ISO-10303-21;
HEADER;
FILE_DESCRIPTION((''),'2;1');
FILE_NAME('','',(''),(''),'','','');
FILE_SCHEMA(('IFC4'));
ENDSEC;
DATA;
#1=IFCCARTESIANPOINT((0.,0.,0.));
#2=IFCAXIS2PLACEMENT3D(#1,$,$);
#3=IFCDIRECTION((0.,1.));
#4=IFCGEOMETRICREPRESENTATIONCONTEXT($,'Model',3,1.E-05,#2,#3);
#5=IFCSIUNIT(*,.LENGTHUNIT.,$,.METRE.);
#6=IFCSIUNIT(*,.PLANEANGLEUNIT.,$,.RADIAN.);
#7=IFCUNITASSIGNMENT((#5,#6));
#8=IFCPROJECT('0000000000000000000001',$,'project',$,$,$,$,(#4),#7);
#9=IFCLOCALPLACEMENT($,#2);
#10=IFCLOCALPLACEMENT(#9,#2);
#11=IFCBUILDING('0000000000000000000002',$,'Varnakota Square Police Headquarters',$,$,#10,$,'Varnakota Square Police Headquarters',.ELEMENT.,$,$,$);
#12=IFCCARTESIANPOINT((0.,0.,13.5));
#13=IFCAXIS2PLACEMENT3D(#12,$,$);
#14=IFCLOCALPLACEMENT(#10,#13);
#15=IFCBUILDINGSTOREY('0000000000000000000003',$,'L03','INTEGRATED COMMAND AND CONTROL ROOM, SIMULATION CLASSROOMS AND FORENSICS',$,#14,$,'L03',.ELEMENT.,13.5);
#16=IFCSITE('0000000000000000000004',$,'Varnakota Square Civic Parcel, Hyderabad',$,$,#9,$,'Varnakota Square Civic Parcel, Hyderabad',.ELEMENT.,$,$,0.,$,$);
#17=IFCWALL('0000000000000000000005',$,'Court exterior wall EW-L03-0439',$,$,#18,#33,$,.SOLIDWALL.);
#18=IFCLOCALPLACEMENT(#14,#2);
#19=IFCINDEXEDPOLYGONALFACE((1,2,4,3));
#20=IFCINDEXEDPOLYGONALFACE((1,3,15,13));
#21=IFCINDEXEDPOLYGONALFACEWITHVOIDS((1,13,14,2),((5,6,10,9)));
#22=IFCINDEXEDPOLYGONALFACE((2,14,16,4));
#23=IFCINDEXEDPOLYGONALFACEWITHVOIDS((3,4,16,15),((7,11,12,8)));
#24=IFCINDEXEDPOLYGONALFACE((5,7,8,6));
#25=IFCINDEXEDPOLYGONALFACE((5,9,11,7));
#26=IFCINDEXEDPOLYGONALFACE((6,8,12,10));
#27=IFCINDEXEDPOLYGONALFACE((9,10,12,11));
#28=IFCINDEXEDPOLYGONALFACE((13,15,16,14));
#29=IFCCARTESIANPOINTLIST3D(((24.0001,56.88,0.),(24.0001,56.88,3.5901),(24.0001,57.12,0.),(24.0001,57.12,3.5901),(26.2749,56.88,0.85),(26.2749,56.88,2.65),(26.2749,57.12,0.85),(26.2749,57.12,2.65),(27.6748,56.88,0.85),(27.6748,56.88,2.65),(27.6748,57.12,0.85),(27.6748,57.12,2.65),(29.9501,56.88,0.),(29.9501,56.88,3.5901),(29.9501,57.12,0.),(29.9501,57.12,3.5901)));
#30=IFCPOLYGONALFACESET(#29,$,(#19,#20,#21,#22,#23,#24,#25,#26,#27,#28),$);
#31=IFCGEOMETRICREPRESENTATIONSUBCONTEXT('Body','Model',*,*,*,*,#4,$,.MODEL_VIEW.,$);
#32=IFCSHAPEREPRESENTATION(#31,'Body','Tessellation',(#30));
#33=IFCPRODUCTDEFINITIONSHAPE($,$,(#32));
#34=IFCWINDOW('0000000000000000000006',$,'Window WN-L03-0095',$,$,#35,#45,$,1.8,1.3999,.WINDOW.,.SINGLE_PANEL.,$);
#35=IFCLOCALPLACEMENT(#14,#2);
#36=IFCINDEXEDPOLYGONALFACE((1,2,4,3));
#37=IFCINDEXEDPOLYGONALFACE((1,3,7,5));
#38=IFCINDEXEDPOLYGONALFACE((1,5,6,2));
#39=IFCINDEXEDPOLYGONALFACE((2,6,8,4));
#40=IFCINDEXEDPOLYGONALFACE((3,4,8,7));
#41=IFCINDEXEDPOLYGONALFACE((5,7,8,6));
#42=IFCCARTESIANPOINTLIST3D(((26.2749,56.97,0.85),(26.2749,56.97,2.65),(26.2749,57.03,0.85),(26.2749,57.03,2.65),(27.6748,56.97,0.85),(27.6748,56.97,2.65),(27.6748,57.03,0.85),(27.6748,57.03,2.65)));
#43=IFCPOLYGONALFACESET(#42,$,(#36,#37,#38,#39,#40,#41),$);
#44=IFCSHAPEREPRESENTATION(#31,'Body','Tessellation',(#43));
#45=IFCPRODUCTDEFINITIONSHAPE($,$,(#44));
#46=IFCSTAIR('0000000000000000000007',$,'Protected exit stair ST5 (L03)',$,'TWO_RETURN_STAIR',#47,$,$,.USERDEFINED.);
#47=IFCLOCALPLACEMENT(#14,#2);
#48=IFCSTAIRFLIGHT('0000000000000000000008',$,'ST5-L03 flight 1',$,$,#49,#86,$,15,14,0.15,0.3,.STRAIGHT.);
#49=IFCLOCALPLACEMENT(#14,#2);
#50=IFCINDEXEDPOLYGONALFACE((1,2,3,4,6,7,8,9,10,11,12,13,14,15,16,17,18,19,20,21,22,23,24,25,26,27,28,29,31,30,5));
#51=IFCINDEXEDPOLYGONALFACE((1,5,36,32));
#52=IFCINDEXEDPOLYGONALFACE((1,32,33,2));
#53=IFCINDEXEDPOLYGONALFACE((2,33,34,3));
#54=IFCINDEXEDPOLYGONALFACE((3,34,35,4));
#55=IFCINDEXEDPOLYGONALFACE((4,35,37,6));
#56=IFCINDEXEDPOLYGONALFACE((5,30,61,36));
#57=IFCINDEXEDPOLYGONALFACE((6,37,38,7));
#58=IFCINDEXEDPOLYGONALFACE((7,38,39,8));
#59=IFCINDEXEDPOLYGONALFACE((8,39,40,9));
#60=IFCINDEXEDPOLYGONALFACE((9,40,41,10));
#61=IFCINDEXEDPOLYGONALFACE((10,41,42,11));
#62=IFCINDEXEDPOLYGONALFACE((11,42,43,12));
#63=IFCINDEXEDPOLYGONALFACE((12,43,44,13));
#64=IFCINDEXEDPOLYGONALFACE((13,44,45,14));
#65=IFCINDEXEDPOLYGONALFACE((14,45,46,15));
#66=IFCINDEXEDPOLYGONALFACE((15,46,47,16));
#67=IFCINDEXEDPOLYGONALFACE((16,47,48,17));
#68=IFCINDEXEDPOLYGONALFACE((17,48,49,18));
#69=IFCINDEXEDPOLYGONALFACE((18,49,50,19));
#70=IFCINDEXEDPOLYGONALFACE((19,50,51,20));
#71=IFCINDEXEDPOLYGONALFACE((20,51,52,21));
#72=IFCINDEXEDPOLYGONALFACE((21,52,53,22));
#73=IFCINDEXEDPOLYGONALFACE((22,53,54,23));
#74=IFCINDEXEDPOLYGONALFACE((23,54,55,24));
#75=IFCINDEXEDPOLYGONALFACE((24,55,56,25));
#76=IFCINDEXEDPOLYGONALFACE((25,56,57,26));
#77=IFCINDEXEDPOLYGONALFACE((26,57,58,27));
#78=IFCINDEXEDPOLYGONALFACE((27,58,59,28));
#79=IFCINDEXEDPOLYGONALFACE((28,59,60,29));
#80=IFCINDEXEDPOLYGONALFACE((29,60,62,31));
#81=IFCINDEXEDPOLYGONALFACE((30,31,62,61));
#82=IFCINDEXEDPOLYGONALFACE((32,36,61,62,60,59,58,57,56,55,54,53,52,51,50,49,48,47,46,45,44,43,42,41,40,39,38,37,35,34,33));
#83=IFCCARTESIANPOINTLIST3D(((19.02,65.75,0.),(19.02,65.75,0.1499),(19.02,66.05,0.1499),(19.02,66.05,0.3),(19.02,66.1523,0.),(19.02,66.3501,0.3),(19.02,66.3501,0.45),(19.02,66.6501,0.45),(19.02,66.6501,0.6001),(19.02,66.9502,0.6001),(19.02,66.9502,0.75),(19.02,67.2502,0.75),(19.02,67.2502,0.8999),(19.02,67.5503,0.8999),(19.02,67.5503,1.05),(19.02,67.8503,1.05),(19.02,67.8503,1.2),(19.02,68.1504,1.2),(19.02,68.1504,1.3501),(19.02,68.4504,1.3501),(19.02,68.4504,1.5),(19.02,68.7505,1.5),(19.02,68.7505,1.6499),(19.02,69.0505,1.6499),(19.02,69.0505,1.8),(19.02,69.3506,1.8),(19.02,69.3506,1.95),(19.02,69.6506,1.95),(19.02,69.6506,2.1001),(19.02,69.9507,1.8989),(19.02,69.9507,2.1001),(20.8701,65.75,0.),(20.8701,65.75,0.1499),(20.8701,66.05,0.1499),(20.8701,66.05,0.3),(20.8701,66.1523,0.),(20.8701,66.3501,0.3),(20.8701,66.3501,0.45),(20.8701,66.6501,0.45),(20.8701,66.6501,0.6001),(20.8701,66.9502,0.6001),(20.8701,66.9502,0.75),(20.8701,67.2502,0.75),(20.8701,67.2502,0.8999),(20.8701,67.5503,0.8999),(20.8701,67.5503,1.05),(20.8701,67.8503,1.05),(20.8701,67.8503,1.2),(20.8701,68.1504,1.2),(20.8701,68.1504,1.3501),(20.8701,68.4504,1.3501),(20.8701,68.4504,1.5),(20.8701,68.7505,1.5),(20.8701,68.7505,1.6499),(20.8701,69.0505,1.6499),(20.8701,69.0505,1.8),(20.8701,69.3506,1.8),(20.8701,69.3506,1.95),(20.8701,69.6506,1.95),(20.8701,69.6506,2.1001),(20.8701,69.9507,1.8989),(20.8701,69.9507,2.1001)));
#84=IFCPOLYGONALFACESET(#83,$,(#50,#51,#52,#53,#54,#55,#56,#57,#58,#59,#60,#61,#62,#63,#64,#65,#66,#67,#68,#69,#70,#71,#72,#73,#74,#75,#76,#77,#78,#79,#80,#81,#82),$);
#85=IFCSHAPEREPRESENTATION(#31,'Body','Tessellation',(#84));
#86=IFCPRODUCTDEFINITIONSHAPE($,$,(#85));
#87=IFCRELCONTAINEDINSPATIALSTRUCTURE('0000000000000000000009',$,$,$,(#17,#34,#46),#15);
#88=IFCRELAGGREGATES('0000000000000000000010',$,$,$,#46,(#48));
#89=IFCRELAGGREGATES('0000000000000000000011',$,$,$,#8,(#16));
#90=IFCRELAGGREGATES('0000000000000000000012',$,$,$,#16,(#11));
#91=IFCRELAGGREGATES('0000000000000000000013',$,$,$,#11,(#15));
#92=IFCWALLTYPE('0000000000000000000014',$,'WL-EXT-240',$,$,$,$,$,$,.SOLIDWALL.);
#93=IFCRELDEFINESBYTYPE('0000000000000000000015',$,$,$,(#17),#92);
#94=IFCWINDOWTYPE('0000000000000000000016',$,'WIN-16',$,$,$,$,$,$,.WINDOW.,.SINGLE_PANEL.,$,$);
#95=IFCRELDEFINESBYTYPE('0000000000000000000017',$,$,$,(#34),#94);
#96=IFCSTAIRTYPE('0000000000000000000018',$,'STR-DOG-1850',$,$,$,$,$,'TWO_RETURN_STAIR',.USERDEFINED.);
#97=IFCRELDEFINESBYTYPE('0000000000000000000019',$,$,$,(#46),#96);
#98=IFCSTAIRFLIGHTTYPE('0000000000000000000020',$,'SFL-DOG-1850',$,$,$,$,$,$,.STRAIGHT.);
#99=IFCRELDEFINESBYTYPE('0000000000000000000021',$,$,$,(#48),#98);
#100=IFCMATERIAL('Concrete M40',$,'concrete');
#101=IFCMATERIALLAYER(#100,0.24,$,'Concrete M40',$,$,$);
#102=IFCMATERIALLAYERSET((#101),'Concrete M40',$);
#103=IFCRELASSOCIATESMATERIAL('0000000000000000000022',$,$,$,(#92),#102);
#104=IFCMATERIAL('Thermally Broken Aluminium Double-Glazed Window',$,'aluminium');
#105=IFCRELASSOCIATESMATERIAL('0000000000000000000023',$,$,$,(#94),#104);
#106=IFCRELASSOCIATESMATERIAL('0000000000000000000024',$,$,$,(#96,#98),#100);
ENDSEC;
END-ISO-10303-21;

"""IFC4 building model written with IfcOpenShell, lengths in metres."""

from ifc_helpers import new_model, si_unit, direction, frame, frame_2d, origin, place, context, subcontext, project, spatial, polyline, rectangle, outline, extrude, material, layer, layer_set, type_object, element, fill, aggregate, save


model = new_model("IFC4")

# Units and contexts
model_context = context("Model", 3, precision=1e-05, world=origin(), true_north=direction((0.0, 1.0)))
body_context = subcontext(model_context, "Body", "Model", "MODEL_VIEW")
ifc_project = project(units=[si_unit("LENGTHUNIT", "METRE"), si_unit("PLANEANGLEUNIT", "RADIAN")], contexts=[model_context])

# Site, building, storey
site_placement = place(None, origin())
site = spatial("IfcSite", under=ifc_project, at=site_placement, Name="Varnakota Square Civic Parcel, Hyderabad", LongName="Varnakota Square Civic Parcel, Hyderabad", CompositionType="ELEMENT", RefElevation=0.0)
building_placement = place(site_placement, origin())
building = spatial("IfcBuilding", under=site, at=building_placement, Name="Varnakota Square Police Headquarters", LongName="Varnakota Square Police Headquarters", CompositionType="ELEMENT")
storey_placement = place(building_placement, frame((0.0, 0.0, 13.5)))
storey = spatial("IfcBuildingStorey", under=building, at=storey_placement, Name="L03", Description="INTEGRATED COMMAND AND CONTROL ROOM, SIMULATION CLASSROOMS AND FORENSICS", LongName="L03", CompositionType="ELEMENT", Elevation=13.5)

# Wall, opening, window
ifc_material_1 = material(Name="Concrete M40", Category="concrete")
ifc_layer_1 = layer(ifc_material_1, 0.24, Name="Concrete M40")
ifc_layer_set_1 = layer_set([ifc_layer_1], Name="Concrete M40")
wall_type_1 = type_object("IfcWallType", Name="WL-EXT-240", PredefinedType="SOLIDWALL", material=ifc_layer_set_1)
ifc_material_2 = material(Name="Thermally Broken Aluminium Double-Glazed Window", Category="aluminium")
window_type = type_object("IfcWindowType", Name="WIN-16", PartitioningType="SINGLE_PANEL", PredefinedType="WINDOW", material=ifc_material_2)
wall_1_placement = place(storey_placement, frame((24.0, 57.0, 0.0), z_axis=(0.0, 0.0, 1.0), x_axis=(1.0, 0.0, 0.0)))
wall_1 = element("IfcWall", 1, at=wall_1_placement, inside=storey, type_object=wall_type_1, Name="Court exterior wall EW-L03-0439", PredefinedType="SOLIDWALL", context=body_context, shape_type="SweptSolid", body=[
    extrude(rectangle(XDim=5.95, YDim=0.24, at=frame_2d((2.9751, 0.0))), origin(), (0.0, 0.0, 1.0), 3.5901),
])
opening_1_placement = place(wall_1_placement, frame((2.2749, 0.0, 0.8501)))
opening_1 = element("IfcOpeningElement", 2, at=opening_1_placement, cuts=wall_1, PredefinedType="OPENING", context=body_context, shape_type="SweptSolid", body=[
    extrude(rectangle(XDim=1.3999, YDim=1.8, at=frame_2d((0.7, 0.8999))), frame((0.0, 0.1299, 0.0), z_axis=(0.0, -1.0, 0.0), x_axis=(1.0, 0.0, 0.0)), (0.0, 0.0, 1.0), 0.26),
])
window_1_placement = place(opening_1_placement, origin())
window_1 = element("IfcWindow", 3, at=window_1_placement, inside=storey, type_object=window_type, Name="Window WN-L03-0095", OverallHeight=1.8, OverallWidth=1.3999, PartitioningType="SINGLE_PANEL", PredefinedType="WINDOW", context=body_context, shape_type="SweptSolid", body=[
    extrude(rectangle(XDim=1.3999, YDim=1.8, at=frame_2d((0.7, 0.8999))), frame((0.0, 0.03, 0.0), z_axis=(0.0, -1.0, 0.0), x_axis=(1.0, 0.0, 0.0)), (0.0, 0.0, 1.0), 0.0601),
])
fill(opening_1, window_1)

# Stair, stair flight
stair_type = type_object("IfcStairType", Name="STR-DOG-1850", ElementType="TWO_RETURN_STAIR", PredefinedType="USERDEFINED", material=ifc_material_1)
stair_placement = place(storey_placement, origin())
stair = element("IfcStair", 4, at=stair_placement, inside=storey, type_object=stair_type, Name="Protected exit stair ST5 (L03)", ObjectType="TWO_RETURN_STAIR", PredefinedType="USERDEFINED")
stair_flight_type = type_object("IfcStairFlightType", Name="SFL-DOG-1850", PredefinedType="STRAIGHT", material=ifc_material_1)
stair_flight_placement = place(storey_placement, frame((19.9451, 65.75, 0.0), z_axis=(0.0, 0.0, 1.0), x_axis=(0.0, 1.0, 0.0)))
stair_flight = element("IfcStairFlight", 5, at=stair_flight_placement, type_object=stair_flight_type, Name="ST5-L03 flight 1", NumberOfRisers=15, NumberOfTreads=14, PredefinedType="STRAIGHT", RiserHeight=0.15, TreadLength=0.3, context=body_context, shape_type="SweptSolid", body=[
    extrude(outline(polyline([(0.0, 0.0), (0.0, 0.1499), (0.3, 0.1499), (0.3, 0.3), (0.6001, 0.3), (0.6001, 0.45), (0.9001, 0.45), (0.9001, 0.6001), (1.2002, 0.6001), (1.2002, 0.75), (1.5002, 0.75), (1.5002, 0.8999), (1.8003, 0.8999), (1.8003, 1.05), (2.1003, 1.05), (2.1003, 1.2), (2.4004, 1.2), (2.4004, 1.3501), (2.7004, 1.3501), (2.7004, 1.5), (3.0005, 1.5), (3.0005, 1.6499), (3.3005, 1.6499), (3.3005, 1.8), (3.6006, 1.8), (3.6006, 1.95), (3.9006, 1.95), (3.9006, 2.1001), (4.2007, 2.1001), (4.2007, 2.25), (4.2007, 1.8989), (0.4023, 0.0), (0.0, 0.0)])), frame((0.0, 0.925, 0.0), z_axis=(0.0, -1.0, 0.0), x_axis=(1.0, 0.0, 0.0)), (0.0, 0.0, 1.0), 1.8501),
])
aggregate(stair, [stair_flight])

save(model, "model.ifc")
